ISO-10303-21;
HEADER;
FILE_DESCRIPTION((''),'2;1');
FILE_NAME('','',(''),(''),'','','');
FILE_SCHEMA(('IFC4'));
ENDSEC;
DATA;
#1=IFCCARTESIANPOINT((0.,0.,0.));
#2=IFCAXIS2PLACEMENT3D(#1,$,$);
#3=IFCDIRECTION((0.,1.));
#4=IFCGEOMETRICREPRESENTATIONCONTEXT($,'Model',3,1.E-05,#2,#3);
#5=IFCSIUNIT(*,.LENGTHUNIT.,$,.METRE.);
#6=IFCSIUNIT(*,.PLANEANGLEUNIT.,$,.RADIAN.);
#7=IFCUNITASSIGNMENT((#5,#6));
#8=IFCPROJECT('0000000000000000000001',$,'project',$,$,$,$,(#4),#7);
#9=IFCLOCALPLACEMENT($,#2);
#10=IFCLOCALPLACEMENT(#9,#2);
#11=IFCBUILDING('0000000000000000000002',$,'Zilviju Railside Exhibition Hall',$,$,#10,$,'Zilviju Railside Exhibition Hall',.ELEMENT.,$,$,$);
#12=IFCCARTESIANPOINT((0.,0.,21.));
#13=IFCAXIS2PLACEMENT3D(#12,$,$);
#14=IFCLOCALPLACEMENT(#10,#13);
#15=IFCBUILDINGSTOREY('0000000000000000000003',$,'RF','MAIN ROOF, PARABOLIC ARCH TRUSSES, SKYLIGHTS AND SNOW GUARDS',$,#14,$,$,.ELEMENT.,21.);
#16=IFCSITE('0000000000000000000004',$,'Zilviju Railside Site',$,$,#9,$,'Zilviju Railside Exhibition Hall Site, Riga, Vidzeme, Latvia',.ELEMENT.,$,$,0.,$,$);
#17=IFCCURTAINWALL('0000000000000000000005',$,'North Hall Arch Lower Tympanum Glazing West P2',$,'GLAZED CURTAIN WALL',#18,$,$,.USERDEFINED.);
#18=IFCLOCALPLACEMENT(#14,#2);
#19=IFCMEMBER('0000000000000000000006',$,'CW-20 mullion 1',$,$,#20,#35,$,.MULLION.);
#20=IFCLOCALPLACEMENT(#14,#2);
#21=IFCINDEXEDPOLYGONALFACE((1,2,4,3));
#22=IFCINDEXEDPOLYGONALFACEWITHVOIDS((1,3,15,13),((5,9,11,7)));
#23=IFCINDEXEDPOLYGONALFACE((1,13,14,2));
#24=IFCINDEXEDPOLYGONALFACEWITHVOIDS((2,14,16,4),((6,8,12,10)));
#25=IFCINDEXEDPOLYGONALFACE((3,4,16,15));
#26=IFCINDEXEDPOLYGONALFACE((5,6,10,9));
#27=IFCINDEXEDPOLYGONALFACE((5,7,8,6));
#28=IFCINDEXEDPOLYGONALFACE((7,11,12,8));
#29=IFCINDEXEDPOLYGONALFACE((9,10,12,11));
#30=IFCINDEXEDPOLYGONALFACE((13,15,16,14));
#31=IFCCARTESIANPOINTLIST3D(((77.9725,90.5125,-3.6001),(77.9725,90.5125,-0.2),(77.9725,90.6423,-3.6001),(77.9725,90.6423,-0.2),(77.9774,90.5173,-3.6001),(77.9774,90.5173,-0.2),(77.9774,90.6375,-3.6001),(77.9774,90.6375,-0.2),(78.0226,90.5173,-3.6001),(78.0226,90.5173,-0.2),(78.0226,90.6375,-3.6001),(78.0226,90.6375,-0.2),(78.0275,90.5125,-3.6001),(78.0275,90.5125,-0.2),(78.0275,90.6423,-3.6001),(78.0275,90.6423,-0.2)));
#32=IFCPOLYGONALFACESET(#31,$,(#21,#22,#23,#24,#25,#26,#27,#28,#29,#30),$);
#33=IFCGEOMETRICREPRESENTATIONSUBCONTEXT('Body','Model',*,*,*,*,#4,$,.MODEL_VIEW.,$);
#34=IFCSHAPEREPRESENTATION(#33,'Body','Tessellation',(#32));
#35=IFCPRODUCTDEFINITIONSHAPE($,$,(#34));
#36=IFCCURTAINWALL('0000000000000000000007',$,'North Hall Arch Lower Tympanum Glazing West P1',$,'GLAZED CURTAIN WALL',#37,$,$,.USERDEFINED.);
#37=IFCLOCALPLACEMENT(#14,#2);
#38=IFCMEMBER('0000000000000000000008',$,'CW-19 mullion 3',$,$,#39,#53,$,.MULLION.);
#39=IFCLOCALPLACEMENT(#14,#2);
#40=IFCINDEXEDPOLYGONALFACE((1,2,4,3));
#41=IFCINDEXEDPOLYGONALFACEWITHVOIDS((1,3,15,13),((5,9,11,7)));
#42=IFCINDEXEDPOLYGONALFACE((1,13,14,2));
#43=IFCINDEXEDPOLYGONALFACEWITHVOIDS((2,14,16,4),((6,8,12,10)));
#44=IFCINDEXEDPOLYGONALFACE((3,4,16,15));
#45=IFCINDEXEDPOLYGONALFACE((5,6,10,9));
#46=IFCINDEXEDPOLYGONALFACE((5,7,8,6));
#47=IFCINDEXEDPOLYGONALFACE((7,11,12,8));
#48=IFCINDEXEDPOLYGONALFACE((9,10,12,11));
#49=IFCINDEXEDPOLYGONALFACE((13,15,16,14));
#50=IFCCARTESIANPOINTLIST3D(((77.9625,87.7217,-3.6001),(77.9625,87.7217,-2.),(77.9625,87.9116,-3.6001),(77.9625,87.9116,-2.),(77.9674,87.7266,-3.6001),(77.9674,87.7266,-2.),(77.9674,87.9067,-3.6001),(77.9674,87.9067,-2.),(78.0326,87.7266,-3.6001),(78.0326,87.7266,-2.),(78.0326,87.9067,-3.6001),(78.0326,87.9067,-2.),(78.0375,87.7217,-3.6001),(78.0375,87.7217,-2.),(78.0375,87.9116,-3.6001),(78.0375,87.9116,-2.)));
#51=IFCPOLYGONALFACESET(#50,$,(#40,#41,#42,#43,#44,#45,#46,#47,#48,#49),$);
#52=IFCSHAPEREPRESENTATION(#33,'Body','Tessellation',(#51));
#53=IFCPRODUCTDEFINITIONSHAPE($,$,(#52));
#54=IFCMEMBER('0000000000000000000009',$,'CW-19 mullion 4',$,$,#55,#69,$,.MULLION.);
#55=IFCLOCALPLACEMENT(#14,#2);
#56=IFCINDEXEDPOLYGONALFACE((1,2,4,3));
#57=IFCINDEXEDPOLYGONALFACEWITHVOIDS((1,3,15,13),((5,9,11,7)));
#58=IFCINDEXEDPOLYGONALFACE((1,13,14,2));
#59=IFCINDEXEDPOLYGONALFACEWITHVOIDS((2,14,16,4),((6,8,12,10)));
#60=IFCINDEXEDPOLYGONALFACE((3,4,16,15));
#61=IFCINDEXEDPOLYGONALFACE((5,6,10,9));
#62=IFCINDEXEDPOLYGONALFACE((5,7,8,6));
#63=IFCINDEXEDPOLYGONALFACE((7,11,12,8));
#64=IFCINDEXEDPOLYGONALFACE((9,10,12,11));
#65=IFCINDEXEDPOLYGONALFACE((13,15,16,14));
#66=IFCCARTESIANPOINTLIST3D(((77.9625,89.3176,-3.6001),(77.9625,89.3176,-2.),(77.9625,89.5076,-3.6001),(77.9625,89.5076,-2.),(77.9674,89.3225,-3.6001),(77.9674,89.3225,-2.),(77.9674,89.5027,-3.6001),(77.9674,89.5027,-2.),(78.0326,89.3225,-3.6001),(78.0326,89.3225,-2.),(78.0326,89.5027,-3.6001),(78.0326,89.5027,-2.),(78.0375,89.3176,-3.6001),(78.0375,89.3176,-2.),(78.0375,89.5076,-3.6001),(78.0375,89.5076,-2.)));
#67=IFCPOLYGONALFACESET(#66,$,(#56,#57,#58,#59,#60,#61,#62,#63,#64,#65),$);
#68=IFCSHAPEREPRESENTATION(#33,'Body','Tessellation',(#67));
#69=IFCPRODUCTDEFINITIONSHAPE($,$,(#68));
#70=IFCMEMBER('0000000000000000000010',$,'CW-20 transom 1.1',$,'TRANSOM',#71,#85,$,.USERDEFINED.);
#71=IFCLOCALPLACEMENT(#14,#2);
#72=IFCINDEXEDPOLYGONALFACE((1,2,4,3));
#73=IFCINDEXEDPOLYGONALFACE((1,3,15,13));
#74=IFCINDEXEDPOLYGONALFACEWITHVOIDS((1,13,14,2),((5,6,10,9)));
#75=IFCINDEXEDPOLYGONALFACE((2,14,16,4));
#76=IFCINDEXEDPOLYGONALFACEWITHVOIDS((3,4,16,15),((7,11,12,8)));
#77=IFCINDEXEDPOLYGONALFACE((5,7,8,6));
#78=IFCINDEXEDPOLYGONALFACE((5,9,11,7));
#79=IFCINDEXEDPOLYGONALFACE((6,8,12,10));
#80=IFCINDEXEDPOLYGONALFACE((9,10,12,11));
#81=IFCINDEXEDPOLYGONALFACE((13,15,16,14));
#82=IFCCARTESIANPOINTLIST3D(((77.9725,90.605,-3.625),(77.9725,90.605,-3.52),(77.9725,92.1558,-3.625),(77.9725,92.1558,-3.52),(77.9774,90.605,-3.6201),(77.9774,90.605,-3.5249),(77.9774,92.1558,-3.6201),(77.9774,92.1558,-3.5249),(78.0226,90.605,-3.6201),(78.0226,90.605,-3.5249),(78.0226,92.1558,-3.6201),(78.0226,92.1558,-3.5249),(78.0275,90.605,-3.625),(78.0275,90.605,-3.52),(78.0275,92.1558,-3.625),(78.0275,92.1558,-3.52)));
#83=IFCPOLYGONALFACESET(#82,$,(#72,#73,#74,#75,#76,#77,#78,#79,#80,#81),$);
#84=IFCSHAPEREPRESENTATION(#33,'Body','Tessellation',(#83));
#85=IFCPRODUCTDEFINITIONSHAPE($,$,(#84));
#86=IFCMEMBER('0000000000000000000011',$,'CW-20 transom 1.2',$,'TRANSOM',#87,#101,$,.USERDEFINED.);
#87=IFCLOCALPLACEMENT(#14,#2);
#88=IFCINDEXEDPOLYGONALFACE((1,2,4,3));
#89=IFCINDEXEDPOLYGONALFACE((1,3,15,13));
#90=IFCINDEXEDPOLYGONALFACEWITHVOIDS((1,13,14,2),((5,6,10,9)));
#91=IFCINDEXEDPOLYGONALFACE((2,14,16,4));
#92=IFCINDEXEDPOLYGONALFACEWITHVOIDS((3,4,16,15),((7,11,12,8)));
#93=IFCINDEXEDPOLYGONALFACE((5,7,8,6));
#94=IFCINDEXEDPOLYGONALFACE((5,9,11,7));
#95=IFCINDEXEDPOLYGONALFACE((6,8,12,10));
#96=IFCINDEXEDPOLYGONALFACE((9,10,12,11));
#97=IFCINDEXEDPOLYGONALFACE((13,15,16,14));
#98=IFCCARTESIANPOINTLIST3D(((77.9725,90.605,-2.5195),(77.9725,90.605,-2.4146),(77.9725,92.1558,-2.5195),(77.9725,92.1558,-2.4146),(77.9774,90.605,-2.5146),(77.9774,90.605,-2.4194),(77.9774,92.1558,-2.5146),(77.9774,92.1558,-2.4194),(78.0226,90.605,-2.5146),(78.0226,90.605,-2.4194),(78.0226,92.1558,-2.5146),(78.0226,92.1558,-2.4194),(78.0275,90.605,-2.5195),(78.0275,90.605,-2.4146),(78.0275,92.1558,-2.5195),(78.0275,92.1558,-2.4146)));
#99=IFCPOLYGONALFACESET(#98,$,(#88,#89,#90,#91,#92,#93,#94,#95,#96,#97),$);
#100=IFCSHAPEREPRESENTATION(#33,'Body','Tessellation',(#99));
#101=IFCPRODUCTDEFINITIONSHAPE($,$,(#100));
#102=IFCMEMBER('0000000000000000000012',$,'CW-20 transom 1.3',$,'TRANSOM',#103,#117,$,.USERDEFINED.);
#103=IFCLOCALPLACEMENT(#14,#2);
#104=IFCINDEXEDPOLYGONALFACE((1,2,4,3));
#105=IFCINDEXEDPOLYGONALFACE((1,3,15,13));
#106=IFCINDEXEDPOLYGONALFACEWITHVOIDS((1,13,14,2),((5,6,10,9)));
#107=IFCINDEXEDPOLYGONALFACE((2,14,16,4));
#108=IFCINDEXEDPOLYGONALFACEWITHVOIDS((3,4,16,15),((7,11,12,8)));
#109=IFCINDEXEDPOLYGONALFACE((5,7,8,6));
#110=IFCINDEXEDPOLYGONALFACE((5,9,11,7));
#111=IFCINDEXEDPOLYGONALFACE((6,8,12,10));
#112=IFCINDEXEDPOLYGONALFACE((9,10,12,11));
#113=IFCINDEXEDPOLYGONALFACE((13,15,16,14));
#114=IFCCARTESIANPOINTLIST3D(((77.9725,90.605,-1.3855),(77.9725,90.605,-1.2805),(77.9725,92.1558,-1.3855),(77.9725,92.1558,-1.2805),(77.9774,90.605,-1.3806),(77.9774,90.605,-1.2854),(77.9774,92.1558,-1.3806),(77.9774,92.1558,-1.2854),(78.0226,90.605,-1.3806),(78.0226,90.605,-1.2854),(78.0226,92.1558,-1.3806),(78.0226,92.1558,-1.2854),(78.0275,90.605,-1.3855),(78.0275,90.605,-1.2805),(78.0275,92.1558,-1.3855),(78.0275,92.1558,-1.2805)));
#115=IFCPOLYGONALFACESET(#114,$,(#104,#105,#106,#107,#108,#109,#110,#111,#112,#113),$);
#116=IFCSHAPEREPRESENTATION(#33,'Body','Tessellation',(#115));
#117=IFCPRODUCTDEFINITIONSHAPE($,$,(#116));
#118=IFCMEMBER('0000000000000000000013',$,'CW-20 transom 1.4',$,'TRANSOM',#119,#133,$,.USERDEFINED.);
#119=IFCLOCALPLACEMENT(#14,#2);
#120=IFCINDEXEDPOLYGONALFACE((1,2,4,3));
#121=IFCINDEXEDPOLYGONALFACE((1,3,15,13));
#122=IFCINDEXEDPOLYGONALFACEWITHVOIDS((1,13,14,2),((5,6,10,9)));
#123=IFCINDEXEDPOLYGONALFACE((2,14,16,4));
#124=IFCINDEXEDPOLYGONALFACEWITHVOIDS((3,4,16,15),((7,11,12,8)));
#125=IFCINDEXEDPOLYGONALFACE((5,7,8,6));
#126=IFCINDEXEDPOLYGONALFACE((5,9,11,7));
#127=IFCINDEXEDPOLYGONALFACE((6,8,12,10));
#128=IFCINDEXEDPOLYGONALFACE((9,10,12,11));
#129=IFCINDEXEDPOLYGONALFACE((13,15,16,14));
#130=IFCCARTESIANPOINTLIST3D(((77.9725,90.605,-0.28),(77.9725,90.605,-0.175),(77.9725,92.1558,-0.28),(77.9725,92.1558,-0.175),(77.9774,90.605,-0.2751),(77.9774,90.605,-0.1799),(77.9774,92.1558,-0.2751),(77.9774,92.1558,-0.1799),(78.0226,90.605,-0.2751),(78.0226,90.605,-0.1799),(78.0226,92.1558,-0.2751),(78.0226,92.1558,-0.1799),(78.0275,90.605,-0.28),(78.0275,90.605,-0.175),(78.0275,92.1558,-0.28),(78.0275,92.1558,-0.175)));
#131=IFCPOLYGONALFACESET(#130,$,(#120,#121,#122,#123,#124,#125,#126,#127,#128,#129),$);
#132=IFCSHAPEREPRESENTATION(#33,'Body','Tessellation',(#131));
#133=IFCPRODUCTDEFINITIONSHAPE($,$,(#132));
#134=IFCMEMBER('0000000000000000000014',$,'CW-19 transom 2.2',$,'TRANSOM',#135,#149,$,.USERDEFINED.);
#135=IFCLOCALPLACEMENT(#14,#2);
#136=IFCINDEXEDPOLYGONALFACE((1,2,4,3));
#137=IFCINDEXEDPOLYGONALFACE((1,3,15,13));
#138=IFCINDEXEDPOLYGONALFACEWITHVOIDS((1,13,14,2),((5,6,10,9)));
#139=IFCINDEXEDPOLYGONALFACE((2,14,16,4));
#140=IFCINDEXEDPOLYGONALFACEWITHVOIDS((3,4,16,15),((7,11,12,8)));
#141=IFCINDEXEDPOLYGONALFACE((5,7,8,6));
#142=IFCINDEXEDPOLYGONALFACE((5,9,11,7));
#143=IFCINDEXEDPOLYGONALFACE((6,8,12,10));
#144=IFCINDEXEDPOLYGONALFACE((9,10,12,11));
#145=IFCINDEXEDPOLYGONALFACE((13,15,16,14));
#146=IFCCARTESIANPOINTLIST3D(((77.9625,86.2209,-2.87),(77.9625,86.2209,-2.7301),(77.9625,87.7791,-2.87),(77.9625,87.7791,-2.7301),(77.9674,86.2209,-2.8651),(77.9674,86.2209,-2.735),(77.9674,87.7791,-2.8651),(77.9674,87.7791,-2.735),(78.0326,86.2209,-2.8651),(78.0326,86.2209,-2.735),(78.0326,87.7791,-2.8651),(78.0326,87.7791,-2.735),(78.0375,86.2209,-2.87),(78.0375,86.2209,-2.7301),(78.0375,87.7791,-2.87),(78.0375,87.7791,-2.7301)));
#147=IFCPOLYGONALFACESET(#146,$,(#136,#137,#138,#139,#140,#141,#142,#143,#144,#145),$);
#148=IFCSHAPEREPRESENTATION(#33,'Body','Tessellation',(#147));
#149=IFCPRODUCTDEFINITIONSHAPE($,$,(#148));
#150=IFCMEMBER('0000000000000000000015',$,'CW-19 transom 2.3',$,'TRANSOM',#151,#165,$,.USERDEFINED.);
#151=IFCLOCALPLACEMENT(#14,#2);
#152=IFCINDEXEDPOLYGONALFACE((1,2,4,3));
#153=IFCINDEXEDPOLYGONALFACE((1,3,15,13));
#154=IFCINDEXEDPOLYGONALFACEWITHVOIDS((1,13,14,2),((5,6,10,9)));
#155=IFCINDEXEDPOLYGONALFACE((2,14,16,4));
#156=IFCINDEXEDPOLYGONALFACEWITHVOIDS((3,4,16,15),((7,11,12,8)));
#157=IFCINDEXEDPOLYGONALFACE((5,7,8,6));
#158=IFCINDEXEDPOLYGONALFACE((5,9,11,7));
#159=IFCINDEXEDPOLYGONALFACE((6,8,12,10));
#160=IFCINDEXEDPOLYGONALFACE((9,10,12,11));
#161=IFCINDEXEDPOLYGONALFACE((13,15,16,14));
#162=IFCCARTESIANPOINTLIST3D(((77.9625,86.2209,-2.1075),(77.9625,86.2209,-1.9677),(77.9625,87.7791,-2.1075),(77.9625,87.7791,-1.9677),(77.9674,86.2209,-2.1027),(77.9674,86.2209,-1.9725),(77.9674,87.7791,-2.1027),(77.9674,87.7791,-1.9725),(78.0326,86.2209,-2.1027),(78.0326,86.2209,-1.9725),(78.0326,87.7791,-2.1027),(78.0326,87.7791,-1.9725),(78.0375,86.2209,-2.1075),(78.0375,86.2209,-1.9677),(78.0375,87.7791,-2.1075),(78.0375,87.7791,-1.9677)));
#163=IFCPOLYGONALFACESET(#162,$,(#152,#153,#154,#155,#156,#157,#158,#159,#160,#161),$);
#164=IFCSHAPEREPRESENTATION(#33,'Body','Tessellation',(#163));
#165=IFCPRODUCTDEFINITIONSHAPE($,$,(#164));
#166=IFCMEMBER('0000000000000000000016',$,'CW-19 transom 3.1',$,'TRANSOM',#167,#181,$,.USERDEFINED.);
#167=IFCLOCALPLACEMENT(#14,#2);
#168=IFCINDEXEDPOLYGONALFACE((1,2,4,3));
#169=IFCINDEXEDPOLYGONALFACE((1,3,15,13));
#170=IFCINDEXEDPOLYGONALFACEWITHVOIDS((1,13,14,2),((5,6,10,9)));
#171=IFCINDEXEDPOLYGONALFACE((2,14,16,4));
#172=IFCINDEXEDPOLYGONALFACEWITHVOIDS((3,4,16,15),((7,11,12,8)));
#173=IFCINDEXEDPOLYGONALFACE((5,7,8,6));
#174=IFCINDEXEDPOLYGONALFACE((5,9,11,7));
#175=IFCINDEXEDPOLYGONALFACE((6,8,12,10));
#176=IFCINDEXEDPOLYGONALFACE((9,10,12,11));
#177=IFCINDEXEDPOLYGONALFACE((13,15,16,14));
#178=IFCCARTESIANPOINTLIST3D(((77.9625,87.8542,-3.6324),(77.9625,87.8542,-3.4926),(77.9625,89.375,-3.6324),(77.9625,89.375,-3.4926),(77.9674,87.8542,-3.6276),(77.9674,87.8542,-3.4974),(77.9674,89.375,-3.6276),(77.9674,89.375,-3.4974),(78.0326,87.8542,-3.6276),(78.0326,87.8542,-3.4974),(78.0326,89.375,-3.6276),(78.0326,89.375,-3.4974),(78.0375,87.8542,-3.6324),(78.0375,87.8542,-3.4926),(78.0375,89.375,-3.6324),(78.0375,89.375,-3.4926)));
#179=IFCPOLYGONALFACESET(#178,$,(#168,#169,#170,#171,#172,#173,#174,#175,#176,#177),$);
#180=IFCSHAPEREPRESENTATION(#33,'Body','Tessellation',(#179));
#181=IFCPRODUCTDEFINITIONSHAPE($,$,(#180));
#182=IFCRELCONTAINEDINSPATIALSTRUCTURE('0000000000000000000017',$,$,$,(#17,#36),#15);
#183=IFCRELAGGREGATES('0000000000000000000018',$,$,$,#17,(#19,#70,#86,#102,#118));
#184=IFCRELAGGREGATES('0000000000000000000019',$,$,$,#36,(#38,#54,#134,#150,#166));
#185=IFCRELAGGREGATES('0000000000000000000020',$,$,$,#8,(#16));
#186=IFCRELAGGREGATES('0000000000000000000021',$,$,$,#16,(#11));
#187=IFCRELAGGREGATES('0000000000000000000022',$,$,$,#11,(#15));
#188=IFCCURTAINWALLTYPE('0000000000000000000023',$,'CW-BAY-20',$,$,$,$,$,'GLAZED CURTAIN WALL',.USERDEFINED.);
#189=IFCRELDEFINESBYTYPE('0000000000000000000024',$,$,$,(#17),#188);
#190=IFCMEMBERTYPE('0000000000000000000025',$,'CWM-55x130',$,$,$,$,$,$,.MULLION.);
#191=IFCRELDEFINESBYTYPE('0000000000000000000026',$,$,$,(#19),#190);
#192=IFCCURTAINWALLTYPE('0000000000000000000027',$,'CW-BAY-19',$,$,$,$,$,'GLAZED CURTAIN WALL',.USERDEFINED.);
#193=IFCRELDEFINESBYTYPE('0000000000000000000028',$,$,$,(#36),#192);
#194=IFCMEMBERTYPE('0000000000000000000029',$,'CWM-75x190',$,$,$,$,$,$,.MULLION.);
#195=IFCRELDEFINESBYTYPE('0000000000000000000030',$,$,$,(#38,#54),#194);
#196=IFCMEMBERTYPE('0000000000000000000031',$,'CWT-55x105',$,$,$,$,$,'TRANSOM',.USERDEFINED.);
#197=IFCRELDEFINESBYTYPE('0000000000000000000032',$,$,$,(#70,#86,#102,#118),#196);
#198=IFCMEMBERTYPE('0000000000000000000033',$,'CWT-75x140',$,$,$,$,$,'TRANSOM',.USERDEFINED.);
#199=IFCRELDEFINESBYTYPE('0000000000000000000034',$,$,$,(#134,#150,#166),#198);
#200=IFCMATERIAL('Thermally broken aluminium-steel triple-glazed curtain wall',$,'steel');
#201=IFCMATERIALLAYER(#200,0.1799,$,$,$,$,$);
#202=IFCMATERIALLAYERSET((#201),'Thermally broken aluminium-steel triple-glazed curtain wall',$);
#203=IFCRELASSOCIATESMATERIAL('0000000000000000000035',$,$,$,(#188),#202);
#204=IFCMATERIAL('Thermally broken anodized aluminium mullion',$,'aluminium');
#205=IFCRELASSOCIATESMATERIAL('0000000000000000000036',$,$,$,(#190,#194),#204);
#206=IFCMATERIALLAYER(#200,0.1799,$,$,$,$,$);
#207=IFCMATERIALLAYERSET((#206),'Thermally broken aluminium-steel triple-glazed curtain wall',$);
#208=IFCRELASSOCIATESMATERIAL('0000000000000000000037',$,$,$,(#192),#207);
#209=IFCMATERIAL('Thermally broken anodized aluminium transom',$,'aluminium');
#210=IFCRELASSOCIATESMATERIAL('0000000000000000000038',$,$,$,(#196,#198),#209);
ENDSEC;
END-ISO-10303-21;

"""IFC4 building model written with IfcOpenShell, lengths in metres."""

from ifc_helpers import new_model, si_unit, direction, frame, origin, origin_2d, place, context, subcontext, project, spatial, hollow_rectangle, extrude, material, layer, layer_set, material_profile, profile_set, type_object, element, aggregate, save


model = new_model("IFC4")

# Units and contexts
model_context = context("Model", 3, precision=1e-05, world=origin(), true_north=direction((0.0, 1.0)))
body_context = subcontext(model_context, "Body", "Model", "MODEL_VIEW")
ifc_project = project(units=[si_unit("LENGTHUNIT", "METRE"), si_unit("PLANEANGLEUNIT", "RADIAN")], contexts=[model_context])

# Site, building, storey
site_placement = place(None, origin())
site = spatial("IfcSite", under=ifc_project, at=site_placement, Name="Zilviju Railside Site", LongName="Zilviju Railside Exhibition Hall Site, Riga, Vidzeme, Latvia", CompositionType="ELEMENT", RefElevation=0.0)
building_placement = place(site_placement, origin())
building = spatial("IfcBuilding", under=site, at=building_placement, Name="Zilviju Railside Exhibition Hall", LongName="Zilviju Railside Exhibition Hall", CompositionType="ELEMENT")
storey_placement = place(building_placement, frame((0.0, 0.0, 21.0)))
storey = spatial("IfcBuildingStorey", under=building, at=storey_placement, Name="RF", Description="MAIN ROOF, PARABOLIC ARCH TRUSSES, SKYLIGHTS AND SNOW GUARDS", CompositionType="ELEMENT", Elevation=21.0)

# Curtain wall, member
ifc_material_1 = material(Name="Thermally broken aluminium-steel triple-glazed curtain wall", Category="steel")
ifc_layer_1 = layer(ifc_material_1, 0.1799)
ifc_layer_set_1 = layer_set([ifc_layer_1], Name="Thermally broken aluminium-steel triple-glazed curtain wall")
curtain_wall_type_1 = type_object("IfcCurtainWallType", Name="CW-BAY-20", ElementType="GLAZED CURTAIN WALL", PredefinedType="USERDEFINED", material=ifc_layer_set_1)
curtain_wall_1_placement = place(storey_placement, origin())
curtain_wall_1 = element("IfcCurtainWall", 1, at=curtain_wall_1_placement, inside=storey, type_object=curtain_wall_type_1, Name="North Hall Arch Lower Tympanum Glazing West P2", ObjectType="GLAZED CURTAIN WALL", PredefinedType="USERDEFINED")
ifc_material_2 = material(Name="Thermally broken anodized aluminium mullion", Category="aluminium")
ifc_material_profile_1 = material_profile(ifc_material_2, hollow_rectangle(XDim=0.0549, YDim=0.1299, WallThickness=0.0049, at=origin_2d()), Name="MULLION 130x55x5")
ifc_profile_set_1 = profile_set([ifc_material_profile_1], Name="Thermally broken anodized aluminium mullion")
member_type_1 = type_object("IfcMemberType", Name="CWM-55x130", PredefinedType="MULLION", material=ifc_profile_set_1)
member_1_placement = place(storey_placement, frame((78.0, 90.5774, -3.6001), z_axis=(0.0, 0.0, 1.0), x_axis=(-1.0, 0.0, 0.0)))
member_1 = element("IfcMember", 2, at=member_1_placement, type_object=member_type_1, Name="CW-20 mullion 1", PredefinedType="MULLION", context=body_context, shape_type="SweptSolid", body=[
    extrude(hollow_rectangle(XDim=0.0549, YDim=0.1299, WallThickness=0.0049, at=origin_2d()), origin(), (0.0, 0.0, 1.0), 3.4001),
])

# Curtain wall, members
ifc_layer_2 = layer(ifc_material_1, 0.1799)
ifc_layer_set_2 = layer_set([ifc_layer_2], Name="Thermally broken aluminium-steel triple-glazed curtain wall")
curtain_wall_type_2 = type_object("IfcCurtainWallType", Name="CW-BAY-19", ElementType="GLAZED CURTAIN WALL", PredefinedType="USERDEFINED", material=ifc_layer_set_2)
curtain_wall_2_placement = place(storey_placement, origin())
curtain_wall_2 = element("IfcCurtainWall", 3, at=curtain_wall_2_placement, inside=storey, type_object=curtain_wall_type_2, Name="North Hall Arch Lower Tympanum Glazing West P1", ObjectType="GLAZED CURTAIN WALL", PredefinedType="USERDEFINED")
ifc_material_profile_2 = material_profile(ifc_material_2, hollow_rectangle(XDim=0.075, YDim=0.1899, WallThickness=0.0049, at=origin_2d()), Name="MULLION 190x75x5")
ifc_profile_set_2 = profile_set([ifc_material_profile_2], Name="Thermally broken anodized aluminium mullion")
member_type_2 = type_object("IfcMemberType", Name="CWM-75x190", PredefinedType="MULLION", material=ifc_profile_set_2)
member_2_placement = place(storey_placement, frame((78.0, 87.8167, -3.6001), z_axis=(0.0, 0.0, 1.0), x_axis=(-1.0, 0.0, 0.0)))
member_2 = element("IfcMember", 4, at=member_2_placement, type_object=member_type_2, Name="CW-19 mullion 3", PredefinedType="MULLION", context=body_context, shape_type="SweptSolid", body=[
    extrude(hollow_rectangle(XDim=0.075, YDim=0.1899, WallThickness=0.0049, at=origin_2d()), origin(), (0.0, 0.0, 1.0), 1.6001),
])
member_3_placement = place(storey_placement, frame((78.0, 89.4126, -3.6001), z_axis=(0.0, 0.0, 1.0), x_axis=(-1.0, 0.0, 0.0)))
member_3 = element("IfcMember", 5, at=member_3_placement, type_object=member_type_2, Name="CW-19 mullion 4", PredefinedType="MULLION", context=body_context, shape_type="SweptSolid", body=[
    extrude(hollow_rectangle(XDim=0.075, YDim=0.1899, WallThickness=0.0049, at=origin_2d()), origin(), (0.0, 0.0, 1.0), 1.6001),
])

# Members
ifc_material_3 = material(Name="Thermally broken anodized aluminium transom", Category="aluminium")
ifc_material_profile_3 = material_profile(ifc_material_3, hollow_rectangle(XDim=0.0549, YDim=0.105, WallThickness=0.0049, at=origin_2d()), Name="TRANSOM 105x55x5")
ifc_profile_set_3 = profile_set([ifc_material_profile_3], Name="Thermally broken anodized aluminium transom")
member_type_3 = type_object("IfcMemberType", Name="CWT-55x105", ElementType="TRANSOM", PredefinedType="USERDEFINED", material=ifc_profile_set_3)
member_4_placement = place(storey_placement, frame((78.0, 90.605, -3.5725), z_axis=(0.0, 1.0, 0.0), x_axis=(-1.0, 0.0, 0.0)))
member_4 = element("IfcMember", 6, at=member_4_placement, type_object=member_type_3, Name="CW-20 transom 1.1", ObjectType="TRANSOM", PredefinedType="USERDEFINED", context=body_context, shape_type="SweptSolid", body=[
    extrude(hollow_rectangle(XDim=0.0549, YDim=0.105, WallThickness=0.0049, at=origin_2d()), origin(), (0.0, 0.0, 1.0), 1.5508),
])
member_5_placement = place(storey_placement, frame((78.0, 90.605, -2.467), z_axis=(0.0, 1.0, 0.0), x_axis=(-1.0, 0.0, 0.0)))
member_5 = element("IfcMember", 7, at=member_5_placement, type_object=member_type_3, Name="CW-20 transom 1.2", ObjectType="TRANSOM", PredefinedType="USERDEFINED", context=body_context, shape_type="SweptSolid", body=[
    extrude(hollow_rectangle(XDim=0.0549, YDim=0.105, WallThickness=0.0049, at=origin_2d()), origin(), (0.0, 0.0, 1.0), 1.5508),
])
member_6_placement = place(storey_placement, frame((78.0, 90.605, -1.333), z_axis=(0.0, 1.0, 0.0), x_axis=(-1.0, 0.0, 0.0)))
member_6 = element("IfcMember", 8, at=member_6_placement, type_object=member_type_3, Name="CW-20 transom 1.3", ObjectType="TRANSOM", PredefinedType="USERDEFINED", context=body_context, shape_type="SweptSolid", body=[
    extrude(hollow_rectangle(XDim=0.0549, YDim=0.105, WallThickness=0.0049, at=origin_2d()), origin(), (0.0, 0.0, 1.0), 1.5508),
])
member_7_placement = place(storey_placement, frame((78.0, 90.605, -0.2275), z_axis=(0.0, 1.0, 0.0), x_axis=(-1.0, 0.0, 0.0)))
member_7 = element("IfcMember", 9, at=member_7_placement, type_object=member_type_3, Name="CW-20 transom 1.4", ObjectType="TRANSOM", PredefinedType="USERDEFINED", context=body_context, shape_type="SweptSolid", body=[
    extrude(hollow_rectangle(XDim=0.0549, YDim=0.105, WallThickness=0.0049, at=origin_2d()), origin(), (0.0, 0.0, 1.0), 1.5508),
])
ifc_material_profile_4 = material_profile(ifc_material_3, hollow_rectangle(XDim=0.075, YDim=0.1399, WallThickness=0.0049, at=origin_2d()), Name="TRANSOM 140x75x5")
ifc_profile_set_4 = profile_set([ifc_material_profile_4], Name="Thermally broken anodized aluminium transom")
member_type_4 = type_object("IfcMemberType", Name="CWT-75x140", ElementType="TRANSOM", PredefinedType="USERDEFINED", material=ifc_profile_set_4)
member_8_placement = place(storey_placement, frame((78.0, 86.2209, -2.8), z_axis=(0.0, 1.0, 0.0), x_axis=(-1.0, 0.0, 0.0)))
member_8 = element("IfcMember", 10, at=member_8_placement, type_object=member_type_4, Name="CW-19 transom 2.2", ObjectType="TRANSOM", PredefinedType="USERDEFINED", context=body_context, shape_type="SweptSolid", body=[
    extrude(hollow_rectangle(XDim=0.075, YDim=0.1399, WallThickness=0.0049, at=origin_2d()), origin(), (0.0, 0.0, 1.0), 1.5581),
])
member_9_placement = place(storey_placement, frame((78.0, 86.2209, -2.0376), z_axis=(0.0, 1.0, 0.0), x_axis=(-1.0, 0.0, 0.0)))
member_9 = element("IfcMember", 11, at=member_9_placement, type_object=member_type_4, Name="CW-19 transom 2.3", ObjectType="TRANSOM", PredefinedType="USERDEFINED", context=body_context, shape_type="SweptSolid", body=[
    extrude(hollow_rectangle(XDim=0.075, YDim=0.1399, WallThickness=0.0049, at=origin_2d()), origin(), (0.0, 0.0, 1.0), 1.5581),
])
member_10_placement = place(storey_placement, frame((78.0, 87.8542, -3.5625), z_axis=(0.0, 1.0, 0.0), x_axis=(-1.0, 0.0, 0.0)))
member_10 = element("IfcMember", 12, at=member_10_placement, type_object=member_type_4, Name="CW-19 transom 3.1", ObjectType="TRANSOM", PredefinedType="USERDEFINED", context=body_context, shape_type="SweptSolid", body=[
    extrude(hollow_rectangle(XDim=0.075, YDim=0.1399, WallThickness=0.0049, at=origin_2d()), origin(), (0.0, 0.0, 1.0), 1.5208),
])

aggregate(curtain_wall_1, [member_1, member_4, member_5, member_6, member_7])
aggregate(curtain_wall_2, [member_2, member_3, member_8, member_9, member_10])

save(model, "model.ifc")
